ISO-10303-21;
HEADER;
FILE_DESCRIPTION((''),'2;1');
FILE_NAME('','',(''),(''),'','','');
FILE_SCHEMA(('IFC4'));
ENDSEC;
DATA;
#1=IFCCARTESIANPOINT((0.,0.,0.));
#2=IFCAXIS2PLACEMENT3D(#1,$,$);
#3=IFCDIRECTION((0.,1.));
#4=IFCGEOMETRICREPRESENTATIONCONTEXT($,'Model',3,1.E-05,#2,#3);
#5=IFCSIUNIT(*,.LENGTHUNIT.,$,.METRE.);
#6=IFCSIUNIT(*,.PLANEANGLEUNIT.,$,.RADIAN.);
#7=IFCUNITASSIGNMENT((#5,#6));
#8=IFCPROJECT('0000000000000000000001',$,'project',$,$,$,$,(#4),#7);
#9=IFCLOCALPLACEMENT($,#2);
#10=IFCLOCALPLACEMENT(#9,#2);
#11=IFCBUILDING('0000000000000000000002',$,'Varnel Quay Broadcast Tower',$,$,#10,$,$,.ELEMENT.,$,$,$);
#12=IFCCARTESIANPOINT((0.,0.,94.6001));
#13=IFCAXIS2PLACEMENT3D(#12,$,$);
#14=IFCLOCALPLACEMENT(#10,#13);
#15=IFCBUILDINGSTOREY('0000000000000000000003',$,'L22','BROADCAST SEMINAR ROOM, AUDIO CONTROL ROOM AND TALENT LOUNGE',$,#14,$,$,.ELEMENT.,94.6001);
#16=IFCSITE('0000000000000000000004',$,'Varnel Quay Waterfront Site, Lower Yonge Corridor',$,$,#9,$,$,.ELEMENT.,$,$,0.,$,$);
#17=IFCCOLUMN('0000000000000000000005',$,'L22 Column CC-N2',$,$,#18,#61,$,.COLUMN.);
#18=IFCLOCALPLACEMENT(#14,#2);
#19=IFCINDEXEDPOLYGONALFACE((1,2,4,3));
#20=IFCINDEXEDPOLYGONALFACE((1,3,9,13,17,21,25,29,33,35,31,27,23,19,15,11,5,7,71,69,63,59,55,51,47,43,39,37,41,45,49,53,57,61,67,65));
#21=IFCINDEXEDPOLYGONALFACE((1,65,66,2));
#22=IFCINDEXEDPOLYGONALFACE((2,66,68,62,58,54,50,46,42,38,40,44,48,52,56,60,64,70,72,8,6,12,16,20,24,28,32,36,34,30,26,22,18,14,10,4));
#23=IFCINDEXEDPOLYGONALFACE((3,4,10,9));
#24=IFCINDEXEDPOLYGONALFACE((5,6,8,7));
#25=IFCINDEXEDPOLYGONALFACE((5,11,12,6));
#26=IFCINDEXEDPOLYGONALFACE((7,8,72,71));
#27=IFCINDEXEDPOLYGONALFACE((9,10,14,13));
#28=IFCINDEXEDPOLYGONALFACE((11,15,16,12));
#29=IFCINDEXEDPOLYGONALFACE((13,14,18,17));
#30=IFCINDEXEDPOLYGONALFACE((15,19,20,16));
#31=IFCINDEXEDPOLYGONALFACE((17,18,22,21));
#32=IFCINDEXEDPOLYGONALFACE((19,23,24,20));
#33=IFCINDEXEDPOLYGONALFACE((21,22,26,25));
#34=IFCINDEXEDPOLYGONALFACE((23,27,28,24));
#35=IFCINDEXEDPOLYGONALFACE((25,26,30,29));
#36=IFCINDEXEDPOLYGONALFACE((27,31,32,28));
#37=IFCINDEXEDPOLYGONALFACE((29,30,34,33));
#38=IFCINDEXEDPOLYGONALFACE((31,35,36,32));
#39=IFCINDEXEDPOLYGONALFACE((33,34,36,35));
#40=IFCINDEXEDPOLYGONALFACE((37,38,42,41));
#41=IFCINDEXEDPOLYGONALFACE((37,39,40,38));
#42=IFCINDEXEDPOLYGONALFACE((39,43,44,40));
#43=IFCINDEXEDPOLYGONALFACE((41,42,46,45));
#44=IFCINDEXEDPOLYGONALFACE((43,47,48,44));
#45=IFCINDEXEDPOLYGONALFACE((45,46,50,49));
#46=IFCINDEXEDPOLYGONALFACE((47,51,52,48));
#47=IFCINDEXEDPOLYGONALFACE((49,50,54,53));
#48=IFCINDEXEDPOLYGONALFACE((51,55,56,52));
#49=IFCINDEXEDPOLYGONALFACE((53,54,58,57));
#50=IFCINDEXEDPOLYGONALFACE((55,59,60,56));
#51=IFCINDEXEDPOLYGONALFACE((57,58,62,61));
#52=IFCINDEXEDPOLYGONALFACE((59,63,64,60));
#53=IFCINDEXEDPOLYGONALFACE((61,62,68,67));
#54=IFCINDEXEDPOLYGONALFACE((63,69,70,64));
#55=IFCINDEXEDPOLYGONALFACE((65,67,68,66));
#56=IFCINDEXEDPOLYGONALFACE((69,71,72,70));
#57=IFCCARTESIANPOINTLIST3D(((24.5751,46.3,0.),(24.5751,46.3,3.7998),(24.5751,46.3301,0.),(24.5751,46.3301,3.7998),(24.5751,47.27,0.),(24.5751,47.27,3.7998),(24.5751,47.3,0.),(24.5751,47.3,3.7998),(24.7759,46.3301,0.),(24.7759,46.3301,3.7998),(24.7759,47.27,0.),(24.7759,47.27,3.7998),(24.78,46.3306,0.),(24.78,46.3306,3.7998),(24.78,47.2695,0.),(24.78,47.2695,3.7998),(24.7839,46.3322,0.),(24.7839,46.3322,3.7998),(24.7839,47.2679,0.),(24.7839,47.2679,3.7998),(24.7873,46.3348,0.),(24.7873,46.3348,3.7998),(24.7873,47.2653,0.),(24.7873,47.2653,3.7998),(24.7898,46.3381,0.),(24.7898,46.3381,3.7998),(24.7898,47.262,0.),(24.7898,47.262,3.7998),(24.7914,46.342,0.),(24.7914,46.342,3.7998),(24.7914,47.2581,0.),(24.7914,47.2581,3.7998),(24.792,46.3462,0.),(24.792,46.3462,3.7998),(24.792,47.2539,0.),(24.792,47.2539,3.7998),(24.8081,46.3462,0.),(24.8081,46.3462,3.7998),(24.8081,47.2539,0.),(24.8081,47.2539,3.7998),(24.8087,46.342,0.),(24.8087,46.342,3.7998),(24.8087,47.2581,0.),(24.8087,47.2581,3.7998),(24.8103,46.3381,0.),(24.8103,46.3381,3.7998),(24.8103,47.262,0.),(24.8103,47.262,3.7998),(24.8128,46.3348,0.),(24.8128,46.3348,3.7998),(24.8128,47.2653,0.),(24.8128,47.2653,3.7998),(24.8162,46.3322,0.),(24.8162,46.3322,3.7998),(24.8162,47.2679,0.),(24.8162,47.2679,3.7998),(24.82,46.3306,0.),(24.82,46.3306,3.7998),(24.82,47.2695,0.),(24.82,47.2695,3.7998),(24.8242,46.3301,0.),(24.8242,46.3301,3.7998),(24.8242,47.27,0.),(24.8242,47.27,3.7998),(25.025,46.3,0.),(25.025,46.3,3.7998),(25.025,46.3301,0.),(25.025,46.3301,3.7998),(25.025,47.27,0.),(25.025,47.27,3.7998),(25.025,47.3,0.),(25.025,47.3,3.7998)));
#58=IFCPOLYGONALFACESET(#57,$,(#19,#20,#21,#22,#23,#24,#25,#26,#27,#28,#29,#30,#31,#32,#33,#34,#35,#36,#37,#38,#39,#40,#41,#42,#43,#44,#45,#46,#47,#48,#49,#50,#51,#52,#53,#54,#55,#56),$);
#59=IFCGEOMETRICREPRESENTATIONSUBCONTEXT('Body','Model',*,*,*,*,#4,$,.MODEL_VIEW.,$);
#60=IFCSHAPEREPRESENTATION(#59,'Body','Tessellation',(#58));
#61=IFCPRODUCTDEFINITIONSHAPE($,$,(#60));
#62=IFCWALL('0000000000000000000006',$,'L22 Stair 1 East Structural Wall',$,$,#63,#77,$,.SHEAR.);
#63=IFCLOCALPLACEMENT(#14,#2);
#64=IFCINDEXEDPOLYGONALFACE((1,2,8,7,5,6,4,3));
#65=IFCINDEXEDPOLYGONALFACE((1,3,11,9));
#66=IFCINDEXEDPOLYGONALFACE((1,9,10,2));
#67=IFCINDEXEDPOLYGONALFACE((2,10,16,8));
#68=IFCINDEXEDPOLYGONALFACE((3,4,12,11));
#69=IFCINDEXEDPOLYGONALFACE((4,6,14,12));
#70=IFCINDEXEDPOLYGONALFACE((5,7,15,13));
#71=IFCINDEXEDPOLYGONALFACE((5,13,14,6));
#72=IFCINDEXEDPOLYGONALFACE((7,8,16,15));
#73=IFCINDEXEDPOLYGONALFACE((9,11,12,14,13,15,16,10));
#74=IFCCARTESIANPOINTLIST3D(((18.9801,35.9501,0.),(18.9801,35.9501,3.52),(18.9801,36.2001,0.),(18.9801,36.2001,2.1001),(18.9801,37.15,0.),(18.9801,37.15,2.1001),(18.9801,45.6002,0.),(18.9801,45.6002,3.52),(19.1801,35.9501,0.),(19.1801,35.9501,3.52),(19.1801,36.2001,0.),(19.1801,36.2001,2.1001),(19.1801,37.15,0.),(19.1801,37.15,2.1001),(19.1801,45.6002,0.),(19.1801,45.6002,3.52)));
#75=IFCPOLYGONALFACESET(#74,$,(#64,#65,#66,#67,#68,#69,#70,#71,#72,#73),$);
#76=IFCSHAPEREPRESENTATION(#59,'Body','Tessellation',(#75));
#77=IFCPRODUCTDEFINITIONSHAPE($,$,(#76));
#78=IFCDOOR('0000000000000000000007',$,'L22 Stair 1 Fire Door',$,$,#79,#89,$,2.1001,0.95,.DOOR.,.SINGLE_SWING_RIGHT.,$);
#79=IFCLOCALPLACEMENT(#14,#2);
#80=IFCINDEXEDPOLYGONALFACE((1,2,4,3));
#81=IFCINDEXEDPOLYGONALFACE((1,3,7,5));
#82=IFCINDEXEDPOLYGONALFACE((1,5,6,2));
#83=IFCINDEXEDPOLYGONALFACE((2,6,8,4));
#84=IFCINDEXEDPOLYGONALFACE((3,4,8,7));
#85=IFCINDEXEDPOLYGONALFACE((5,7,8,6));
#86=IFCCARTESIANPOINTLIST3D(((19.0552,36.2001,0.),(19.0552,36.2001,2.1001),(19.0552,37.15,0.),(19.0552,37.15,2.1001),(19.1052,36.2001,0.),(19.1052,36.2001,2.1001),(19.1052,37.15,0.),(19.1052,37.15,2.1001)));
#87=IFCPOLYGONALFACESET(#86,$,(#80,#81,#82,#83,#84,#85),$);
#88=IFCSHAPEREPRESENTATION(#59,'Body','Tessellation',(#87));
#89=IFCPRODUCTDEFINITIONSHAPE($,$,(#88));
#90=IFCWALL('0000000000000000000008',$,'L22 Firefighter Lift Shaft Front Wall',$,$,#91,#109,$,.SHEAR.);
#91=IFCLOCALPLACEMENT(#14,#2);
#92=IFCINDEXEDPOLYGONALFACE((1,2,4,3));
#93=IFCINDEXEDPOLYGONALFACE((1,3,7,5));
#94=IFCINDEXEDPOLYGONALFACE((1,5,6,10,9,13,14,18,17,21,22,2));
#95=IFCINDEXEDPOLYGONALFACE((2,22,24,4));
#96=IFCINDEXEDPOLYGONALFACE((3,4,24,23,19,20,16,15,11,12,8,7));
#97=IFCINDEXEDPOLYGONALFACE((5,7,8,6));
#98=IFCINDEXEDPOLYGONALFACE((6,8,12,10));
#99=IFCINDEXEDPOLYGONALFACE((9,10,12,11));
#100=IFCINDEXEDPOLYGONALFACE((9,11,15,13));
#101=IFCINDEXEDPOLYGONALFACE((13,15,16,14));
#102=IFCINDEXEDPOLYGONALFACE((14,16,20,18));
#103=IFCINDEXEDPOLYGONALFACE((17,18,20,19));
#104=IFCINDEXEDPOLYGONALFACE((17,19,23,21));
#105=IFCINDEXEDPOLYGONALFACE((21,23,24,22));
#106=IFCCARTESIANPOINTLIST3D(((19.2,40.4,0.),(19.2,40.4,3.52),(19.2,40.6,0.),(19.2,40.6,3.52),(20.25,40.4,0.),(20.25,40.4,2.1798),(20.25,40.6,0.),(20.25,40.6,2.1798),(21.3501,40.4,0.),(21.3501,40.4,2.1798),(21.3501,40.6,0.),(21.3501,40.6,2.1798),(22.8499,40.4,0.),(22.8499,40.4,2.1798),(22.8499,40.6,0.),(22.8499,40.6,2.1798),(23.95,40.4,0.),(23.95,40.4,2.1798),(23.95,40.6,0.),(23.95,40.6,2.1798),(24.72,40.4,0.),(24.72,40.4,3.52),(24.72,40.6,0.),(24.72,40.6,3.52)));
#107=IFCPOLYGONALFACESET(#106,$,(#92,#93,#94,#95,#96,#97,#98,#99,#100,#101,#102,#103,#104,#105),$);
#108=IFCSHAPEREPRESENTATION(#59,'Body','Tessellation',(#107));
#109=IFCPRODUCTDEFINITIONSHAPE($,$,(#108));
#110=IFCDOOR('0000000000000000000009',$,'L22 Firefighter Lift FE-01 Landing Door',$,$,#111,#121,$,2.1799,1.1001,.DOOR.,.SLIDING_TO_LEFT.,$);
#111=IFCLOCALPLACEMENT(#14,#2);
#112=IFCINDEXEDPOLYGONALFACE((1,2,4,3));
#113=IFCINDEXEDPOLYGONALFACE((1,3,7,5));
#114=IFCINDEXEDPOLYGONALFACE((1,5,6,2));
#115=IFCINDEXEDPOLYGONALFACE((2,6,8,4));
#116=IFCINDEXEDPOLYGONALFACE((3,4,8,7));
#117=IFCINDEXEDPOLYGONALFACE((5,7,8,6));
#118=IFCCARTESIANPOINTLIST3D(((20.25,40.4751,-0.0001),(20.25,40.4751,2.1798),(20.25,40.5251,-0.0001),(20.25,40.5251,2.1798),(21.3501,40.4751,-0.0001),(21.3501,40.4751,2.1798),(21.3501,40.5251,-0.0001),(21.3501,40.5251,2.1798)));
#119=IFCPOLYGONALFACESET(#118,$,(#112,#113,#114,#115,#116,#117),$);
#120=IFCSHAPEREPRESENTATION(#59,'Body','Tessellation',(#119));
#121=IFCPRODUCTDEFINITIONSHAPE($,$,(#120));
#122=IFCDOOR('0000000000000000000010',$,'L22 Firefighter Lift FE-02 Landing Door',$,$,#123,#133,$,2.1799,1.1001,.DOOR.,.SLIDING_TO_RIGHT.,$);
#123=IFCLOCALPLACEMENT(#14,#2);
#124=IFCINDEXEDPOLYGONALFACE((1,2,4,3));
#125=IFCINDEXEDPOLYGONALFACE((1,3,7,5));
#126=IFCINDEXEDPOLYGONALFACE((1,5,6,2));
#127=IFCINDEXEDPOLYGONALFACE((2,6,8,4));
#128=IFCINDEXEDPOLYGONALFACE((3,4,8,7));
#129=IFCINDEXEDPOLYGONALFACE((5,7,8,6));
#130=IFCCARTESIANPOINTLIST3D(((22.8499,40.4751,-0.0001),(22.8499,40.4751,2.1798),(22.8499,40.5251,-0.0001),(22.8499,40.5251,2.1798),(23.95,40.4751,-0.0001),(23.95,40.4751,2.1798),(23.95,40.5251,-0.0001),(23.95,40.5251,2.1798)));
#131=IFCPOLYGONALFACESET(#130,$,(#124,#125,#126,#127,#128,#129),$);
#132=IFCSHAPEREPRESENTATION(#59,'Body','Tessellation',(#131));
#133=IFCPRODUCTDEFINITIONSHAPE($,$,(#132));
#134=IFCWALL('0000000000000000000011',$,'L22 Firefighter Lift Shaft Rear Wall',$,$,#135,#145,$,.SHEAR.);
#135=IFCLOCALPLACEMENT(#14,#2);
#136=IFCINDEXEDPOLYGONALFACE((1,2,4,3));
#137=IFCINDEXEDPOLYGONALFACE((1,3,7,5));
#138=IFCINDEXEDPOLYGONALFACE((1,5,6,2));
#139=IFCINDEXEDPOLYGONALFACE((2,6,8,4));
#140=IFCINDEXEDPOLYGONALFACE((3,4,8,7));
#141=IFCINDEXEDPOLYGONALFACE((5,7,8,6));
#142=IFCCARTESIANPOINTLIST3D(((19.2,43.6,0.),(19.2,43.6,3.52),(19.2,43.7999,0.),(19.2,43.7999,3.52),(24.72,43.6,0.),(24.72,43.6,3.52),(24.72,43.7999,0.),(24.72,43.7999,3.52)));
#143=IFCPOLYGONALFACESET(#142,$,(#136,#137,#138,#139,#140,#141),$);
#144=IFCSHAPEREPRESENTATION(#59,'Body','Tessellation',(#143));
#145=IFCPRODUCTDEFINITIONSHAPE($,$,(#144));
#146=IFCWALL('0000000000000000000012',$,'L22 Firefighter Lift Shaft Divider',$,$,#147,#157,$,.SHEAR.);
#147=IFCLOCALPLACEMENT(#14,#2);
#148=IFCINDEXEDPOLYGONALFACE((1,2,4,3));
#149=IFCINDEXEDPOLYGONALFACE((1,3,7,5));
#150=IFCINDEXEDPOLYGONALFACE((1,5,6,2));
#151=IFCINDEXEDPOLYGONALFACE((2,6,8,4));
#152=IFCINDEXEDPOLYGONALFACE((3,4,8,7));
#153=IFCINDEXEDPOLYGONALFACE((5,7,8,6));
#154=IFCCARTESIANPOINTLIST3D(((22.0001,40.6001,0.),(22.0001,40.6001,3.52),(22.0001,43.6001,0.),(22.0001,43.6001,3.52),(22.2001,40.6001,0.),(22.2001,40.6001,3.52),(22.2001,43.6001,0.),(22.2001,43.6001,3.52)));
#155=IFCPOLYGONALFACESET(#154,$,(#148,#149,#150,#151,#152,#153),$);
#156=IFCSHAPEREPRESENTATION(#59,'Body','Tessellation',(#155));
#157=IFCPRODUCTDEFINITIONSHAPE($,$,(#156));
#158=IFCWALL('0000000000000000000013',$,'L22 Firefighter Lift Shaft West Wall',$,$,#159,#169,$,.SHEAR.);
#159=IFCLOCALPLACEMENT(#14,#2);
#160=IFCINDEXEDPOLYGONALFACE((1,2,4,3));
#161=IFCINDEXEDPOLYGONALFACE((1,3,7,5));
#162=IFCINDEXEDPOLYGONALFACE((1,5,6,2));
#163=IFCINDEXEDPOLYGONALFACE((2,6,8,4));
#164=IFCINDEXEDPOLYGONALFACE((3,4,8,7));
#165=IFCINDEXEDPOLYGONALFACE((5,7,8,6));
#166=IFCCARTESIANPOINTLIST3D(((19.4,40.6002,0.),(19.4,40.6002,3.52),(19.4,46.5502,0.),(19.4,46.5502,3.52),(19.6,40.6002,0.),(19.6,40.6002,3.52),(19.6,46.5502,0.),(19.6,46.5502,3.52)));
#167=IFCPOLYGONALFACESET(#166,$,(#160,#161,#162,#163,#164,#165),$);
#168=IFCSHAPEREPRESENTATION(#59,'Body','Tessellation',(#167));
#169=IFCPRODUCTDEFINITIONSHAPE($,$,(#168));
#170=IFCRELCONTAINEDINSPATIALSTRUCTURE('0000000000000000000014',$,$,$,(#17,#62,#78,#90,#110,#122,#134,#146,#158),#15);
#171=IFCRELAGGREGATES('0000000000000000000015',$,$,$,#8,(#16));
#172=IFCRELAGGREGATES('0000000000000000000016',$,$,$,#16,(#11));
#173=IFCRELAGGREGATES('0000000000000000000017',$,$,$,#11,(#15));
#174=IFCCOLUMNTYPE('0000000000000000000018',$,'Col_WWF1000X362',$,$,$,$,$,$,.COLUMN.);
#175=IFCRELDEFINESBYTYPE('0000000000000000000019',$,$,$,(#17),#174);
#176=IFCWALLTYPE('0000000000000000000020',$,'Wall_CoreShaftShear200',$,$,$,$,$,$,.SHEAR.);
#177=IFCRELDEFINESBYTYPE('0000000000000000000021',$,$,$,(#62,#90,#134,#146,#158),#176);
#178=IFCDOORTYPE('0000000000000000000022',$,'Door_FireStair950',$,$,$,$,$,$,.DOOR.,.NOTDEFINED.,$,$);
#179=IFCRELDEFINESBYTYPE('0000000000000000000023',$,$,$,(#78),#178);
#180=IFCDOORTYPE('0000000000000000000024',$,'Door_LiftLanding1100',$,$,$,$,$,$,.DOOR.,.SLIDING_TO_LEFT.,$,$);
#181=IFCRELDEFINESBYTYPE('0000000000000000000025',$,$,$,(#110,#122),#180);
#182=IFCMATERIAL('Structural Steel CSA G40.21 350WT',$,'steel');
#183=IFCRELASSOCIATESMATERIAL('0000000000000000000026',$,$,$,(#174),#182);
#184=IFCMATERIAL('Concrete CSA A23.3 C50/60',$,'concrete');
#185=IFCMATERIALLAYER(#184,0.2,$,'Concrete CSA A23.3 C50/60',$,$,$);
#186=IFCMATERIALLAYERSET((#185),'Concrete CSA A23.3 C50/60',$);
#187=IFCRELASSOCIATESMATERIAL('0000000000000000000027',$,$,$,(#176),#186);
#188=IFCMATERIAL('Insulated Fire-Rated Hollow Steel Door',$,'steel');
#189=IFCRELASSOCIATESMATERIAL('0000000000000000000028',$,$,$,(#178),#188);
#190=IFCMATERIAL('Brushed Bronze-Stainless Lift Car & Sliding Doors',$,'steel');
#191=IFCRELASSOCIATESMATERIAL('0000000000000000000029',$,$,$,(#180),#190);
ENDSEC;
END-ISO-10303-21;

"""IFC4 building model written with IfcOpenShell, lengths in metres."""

from ifc_helpers import new_model, si_unit, direction, frame, frame_2d, origin, origin_2d, place, context, subcontext, project, spatial, rectangle, i_section, extrude, source, transform, mapped, material, layer, layer_set, material_profile, profile_set, type_object, type_shapes, element, fill, save


model = new_model("IFC4")

# Units and contexts
model_context = context("Model", 3, precision=1e-05, world=origin(), true_north=direction((0.0, 1.0)))
body_context = subcontext(model_context, "Body", "Model", "MODEL_VIEW")
ifc_project = project(units=[si_unit("LENGTHUNIT", "METRE"), si_unit("PLANEANGLEUNIT", "RADIAN")], contexts=[model_context])

# Site, building, storey
site_placement = place(None, origin())
site = spatial("IfcSite", under=ifc_project, at=site_placement, Name="Varnel Quay Waterfront Site, Lower Yonge Corridor", CompositionType="ELEMENT", RefElevation=0.0)
building_placement = place(site_placement, origin())
building = spatial("IfcBuilding", under=site, at=building_placement, Name="Varnel Quay Broadcast Tower", CompositionType="ELEMENT")
storey_placement = place(building_placement, frame((0.0, 0.0, 94.6001)))
storey = spatial("IfcBuildingStorey", under=building, at=storey_placement, Name="L22", Description="BROADCAST SEMINAR ROOM, AUDIO CONTROL ROOM AND TALENT LOUNGE", CompositionType="ELEMENT", Elevation=94.6001)

# Column
ifc_material_1 = material(Name="Structural Steel CSA G40.21 350WT", Category="steel")
ifc_material_profile = material_profile(ifc_material_1, i_section(OverallWidth=0.45, OverallDepth=1.0, WebThickness=0.0161, FlangeThickness=0.03, FilletRadius=0.0161, at=origin_2d()), Name="WWF1000X362")
ifc_profile_set = profile_set([ifc_material_profile], Name="Structural Steel CSA G40.21 350WT")
column_type = type_object("IfcColumnType", Name="Col_WWF1000X362", PredefinedType="COLUMN", material=ifc_profile_set)
shared_shape_1 = source(origin(), body_context, "Body", "SweptSolid", [
    extrude(i_section(OverallWidth=0.45, OverallDepth=1.0, WebThickness=0.0161, FlangeThickness=0.03, FilletRadius=0.0161, at=origin_2d()), origin(), (0.0, 0.0, 1.0), 3.7998),
])
type_shapes(column_type, [shared_shape_1])
column_placement = place(storey_placement, frame((24.8, 46.8, 0.0), z_axis=(0.0, 0.0, 1.0), x_axis=(1.0, 0.0, 0.0)))
element("IfcColumn", 1, at=column_placement, inside=storey, type_object=column_type, Name="L22 Column CC-N2", PredefinedType="COLUMN", context=body_context, shape_type="MappedRepresentation", body=[
    mapped(shared_shape_1, transform((0.0, 0.0, 0.0), x_axis=(1.0, 0.0, 0.0), y_axis=(0.0, 1.0, 0.0), z_axis=(0.0, 0.0, 1.0), scale=1.0)),
])

# Wall, opening, door
ifc_material_2 = material(Name="Concrete CSA A23.3 C50/60", Category="concrete")
ifc_layer_1 = layer(ifc_material_2, 0.2, Name="Concrete CSA A23.3 C50/60")
ifc_layer_set_1 = layer_set([ifc_layer_1], Name="Concrete CSA A23.3 C50/60")
wall_type_1 = type_object("IfcWallType", Name="Wall_CoreShaftShear200", PredefinedType="SHEAR", material=ifc_layer_set_1)
wall_1_placement = place(storey_placement, frame((19.0801, 35.95, 0.0), z_axis=(0.0, 0.0, 1.0), x_axis=(0.0, 1.0, 0.0)))
wall_1 = element("IfcWall", 2, at=wall_1_placement, inside=storey, type_object=wall_type_1, Name="L22 Stair 1 East Structural Wall", PredefinedType="SHEAR", context=body_context, shape_type="SweptSolid", body=[
    extrude(rectangle(XDim=9.6501, YDim=0.2, at=frame_2d((4.8252, 0.0))), origin(), (0.0, 0.0, 1.0), 3.52),
])
opening_1_placement = place(wall_1_placement, frame((0.25, 0.0, 0.0)))
opening_1 = element("IfcOpeningElement", 3, at=opening_1_placement, cuts=wall_1, PredefinedType="OPENING", context=body_context, shape_type="SweptSolid", body=[
    extrude(rectangle(XDim=0.95, YDim=2.1001, at=frame_2d((0.4751, 1.05))), frame((0.0, 0.1099, 0.0), z_axis=(0.0, -1.0, 0.0), x_axis=(1.0, 0.0, 0.0)), (0.0, 0.0, 1.0), 0.22),
])
ifc_material_3 = material(Name="Insulated Fire-Rated Hollow Steel Door", Category="steel")
door_type_1 = type_object("IfcDoorType", Name="Door_FireStair950", OperationType="NOTDEFINED", PredefinedType="DOOR", material=ifc_material_3)
shared_shape_2 = source(origin(), body_context, "Body", "SweptSolid", [
    extrude(rectangle(XDim=0.95, YDim=2.1001, at=frame_2d((0.4751, 1.05))), frame((0.0, 0.0249, 0.0), z_axis=(0.0, -1.0, 0.0), x_axis=(1.0, 0.0, 0.0)), (0.0, 0.0, 1.0), 0.05),
])
type_shapes(door_type_1, [shared_shape_2])
door_1_placement = place(opening_1_placement, origin())
door_1 = element("IfcDoor", 4, at=door_1_placement, inside=storey, type_object=door_type_1, Name="L22 Stair 1 Fire Door", OperationType="SINGLE_SWING_RIGHT", OverallHeight=2.1001, OverallWidth=0.95, PredefinedType="DOOR", context=body_context, shape_type="MappedRepresentation", body=[
    mapped(shared_shape_2, transform((0.0, 0.0, 0.0), x_axis=(1.0, 0.0, 0.0), y_axis=(0.0, 1.0, 0.0), z_axis=(0.0, 0.0, 1.0), scale=1.0)),
])
fill(opening_1, door_1)

# Wall, openings, doors
wall_2_placement = place(storey_placement, frame((19.2, 40.5, 0.0), z_axis=(0.0, 0.0, 1.0), x_axis=(1.0, 0.0, 0.0)))
wall_2 = element("IfcWall", 5, at=wall_2_placement, inside=storey, type_object=wall_type_1, Name="L22 Firefighter Lift Shaft Front Wall", PredefinedType="SHEAR", context=body_context, shape_type="SweptSolid", body=[
    extrude(rectangle(XDim=5.52, YDim=0.2, at=frame_2d((2.76, 0.0))), origin(), (0.0, 0.0, 1.0), 3.52),
])
opening_2_placement = place(wall_2_placement, frame((1.05, 0.0, 0.0)))
opening_2 = element("IfcOpeningElement", 6, at=opening_2_placement, cuts=wall_2, PredefinedType="OPENING", context=body_context, shape_type="SweptSolid", body=[
    extrude(rectangle(XDim=1.1001, YDim=2.1799, at=frame_2d((0.55, 1.0898))), frame((0.0, 0.1099, 0.0), z_axis=(0.0, -1.0, 0.0), x_axis=(1.0, 0.0, 0.0)), (0.0, 0.0, 1.0), 0.22),
])
opening_3_placement = place(wall_2_placement, frame((3.6499, 0.0, 0.0)))
opening_3 = element("IfcOpeningElement", 7, at=opening_3_placement, cuts=wall_2, PredefinedType="OPENING", context=body_context, shape_type="SweptSolid", body=[
    extrude(rectangle(XDim=1.1001, YDim=2.1799, at=frame_2d((0.55, 1.0898))), frame((0.0, 0.1099, 0.0), z_axis=(0.0, -1.0, 0.0), x_axis=(1.0, 0.0, 0.0)), (0.0, 0.0, 1.0), 0.22),
])
ifc_material_4 = material(Name="Brushed Bronze-Stainless Lift Car & Sliding Doors", Category="steel")
door_type_2 = type_object("IfcDoorType", Name="Door_LiftLanding1100", OperationType="SLIDING_TO_LEFT", PredefinedType="DOOR", material=ifc_material_4)
shared_shape_3 = source(origin(), body_context, "Body", "SweptSolid", [
    extrude(rectangle(XDim=1.1001, YDim=2.1799, at=frame_2d((0.55, 1.0898))), frame((0.0, 0.0249, 0.0), z_axis=(0.0, -1.0, 0.0), x_axis=(1.0, 0.0, 0.0)), (0.0, 0.0, 1.0), 0.05),
])
type_shapes(door_type_2, [shared_shape_3])
door_2_placement = place(opening_2_placement, frame((1.1001, 0.0, 0.0), z_axis=(0.0, 0.0, 1.0), x_axis=(-1.0, 0.0, 0.0)))
door_2 = element("IfcDoor", 8, at=door_2_placement, inside=storey, type_object=door_type_2, Name="L22 Firefighter Lift FE-01 Landing Door", OperationType="SLIDING_TO_LEFT", OverallHeight=2.1799, OverallWidth=1.1001, PredefinedType="DOOR", context=body_context, shape_type="MappedRepresentation", body=[
    mapped(shared_shape_3, transform((0.0, 0.0, 0.0), x_axis=(1.0, 0.0, 0.0), y_axis=(0.0, 1.0, 0.0), z_axis=(0.0, 0.0, 1.0), scale=1.0)),
])
fill(opening_2, door_2)
door_3_placement = place(opening_3_placement, frame((1.1001, 0.0, 0.0), z_axis=(0.0, 0.0, 1.0), x_axis=(-1.0, 0.0, 0.0)))
door_3 = element("IfcDoor", 9, at=door_3_placement, inside=storey, type_object=door_type_2, Name="L22 Firefighter Lift FE-02 Landing Door", OperationType="SLIDING_TO_RIGHT", OverallHeight=2.1799, OverallWidth=1.1001, PredefinedType="DOOR", context=body_context, shape_type="MappedRepresentation", body=[
    mapped(shared_shape_3, transform((0.0, 0.0, 0.0), x_axis=(1.0, 0.0, 0.0), y_axis=(0.0, 1.0, 0.0), z_axis=(0.0, 0.0, 1.0), scale=1.0)),
])
fill(opening_3, door_3)

# Walls
wall_3_placement = place(storey_placement, frame((19.2, 43.7, 0.0), z_axis=(0.0, 0.0, 1.0), x_axis=(1.0, 0.0, 0.0)))
element("IfcWall", 10, at=wall_3_placement, inside=storey, type_object=wall_type_1, Name="L22 Firefighter Lift Shaft Rear Wall", PredefinedType="SHEAR", context=body_context, shape_type="SweptSolid", body=[
    extrude(rectangle(XDim=5.52, YDim=0.2, at=frame_2d((2.76, 0.0))), origin(), (0.0, 0.0, 1.0), 3.52),
])
wall_4_placement = place(storey_placement, frame((22.1001, 40.6001, 0.0), z_axis=(0.0, 0.0, 1.0), x_axis=(0.0, 1.0, 0.0)))
element("IfcWall", 11, at=wall_4_placement, inside=storey, type_object=wall_type_1, Name="L22 Firefighter Lift Shaft Divider", PredefinedType="SHEAR", context=body_context, shape_type="SweptSolid", body=[
    extrude(rectangle(XDim=3.0, YDim=0.2, at=frame_2d((1.5, 0.0))), origin(), (0.0, 0.0, 1.0), 3.52),
])
wall_5_placement = place(storey_placement, frame((19.5, 40.6001, 0.0), z_axis=(0.0, 0.0, 1.0), x_axis=(0.0, 1.0, 0.0)))
element("IfcWall", 12, at=wall_5_placement, inside=storey, type_object=wall_type_1, Name="L22 Firefighter Lift Shaft West Wall", PredefinedType="SHEAR", context=body_context, shape_type="SweptSolid", body=[
    extrude(rectangle(XDim=5.95, YDim=0.2, at=frame_2d((2.9751, 0.0))), origin(), (0.0, 0.0, 1.0), 3.52),
])

save(model, "model.ifc")
